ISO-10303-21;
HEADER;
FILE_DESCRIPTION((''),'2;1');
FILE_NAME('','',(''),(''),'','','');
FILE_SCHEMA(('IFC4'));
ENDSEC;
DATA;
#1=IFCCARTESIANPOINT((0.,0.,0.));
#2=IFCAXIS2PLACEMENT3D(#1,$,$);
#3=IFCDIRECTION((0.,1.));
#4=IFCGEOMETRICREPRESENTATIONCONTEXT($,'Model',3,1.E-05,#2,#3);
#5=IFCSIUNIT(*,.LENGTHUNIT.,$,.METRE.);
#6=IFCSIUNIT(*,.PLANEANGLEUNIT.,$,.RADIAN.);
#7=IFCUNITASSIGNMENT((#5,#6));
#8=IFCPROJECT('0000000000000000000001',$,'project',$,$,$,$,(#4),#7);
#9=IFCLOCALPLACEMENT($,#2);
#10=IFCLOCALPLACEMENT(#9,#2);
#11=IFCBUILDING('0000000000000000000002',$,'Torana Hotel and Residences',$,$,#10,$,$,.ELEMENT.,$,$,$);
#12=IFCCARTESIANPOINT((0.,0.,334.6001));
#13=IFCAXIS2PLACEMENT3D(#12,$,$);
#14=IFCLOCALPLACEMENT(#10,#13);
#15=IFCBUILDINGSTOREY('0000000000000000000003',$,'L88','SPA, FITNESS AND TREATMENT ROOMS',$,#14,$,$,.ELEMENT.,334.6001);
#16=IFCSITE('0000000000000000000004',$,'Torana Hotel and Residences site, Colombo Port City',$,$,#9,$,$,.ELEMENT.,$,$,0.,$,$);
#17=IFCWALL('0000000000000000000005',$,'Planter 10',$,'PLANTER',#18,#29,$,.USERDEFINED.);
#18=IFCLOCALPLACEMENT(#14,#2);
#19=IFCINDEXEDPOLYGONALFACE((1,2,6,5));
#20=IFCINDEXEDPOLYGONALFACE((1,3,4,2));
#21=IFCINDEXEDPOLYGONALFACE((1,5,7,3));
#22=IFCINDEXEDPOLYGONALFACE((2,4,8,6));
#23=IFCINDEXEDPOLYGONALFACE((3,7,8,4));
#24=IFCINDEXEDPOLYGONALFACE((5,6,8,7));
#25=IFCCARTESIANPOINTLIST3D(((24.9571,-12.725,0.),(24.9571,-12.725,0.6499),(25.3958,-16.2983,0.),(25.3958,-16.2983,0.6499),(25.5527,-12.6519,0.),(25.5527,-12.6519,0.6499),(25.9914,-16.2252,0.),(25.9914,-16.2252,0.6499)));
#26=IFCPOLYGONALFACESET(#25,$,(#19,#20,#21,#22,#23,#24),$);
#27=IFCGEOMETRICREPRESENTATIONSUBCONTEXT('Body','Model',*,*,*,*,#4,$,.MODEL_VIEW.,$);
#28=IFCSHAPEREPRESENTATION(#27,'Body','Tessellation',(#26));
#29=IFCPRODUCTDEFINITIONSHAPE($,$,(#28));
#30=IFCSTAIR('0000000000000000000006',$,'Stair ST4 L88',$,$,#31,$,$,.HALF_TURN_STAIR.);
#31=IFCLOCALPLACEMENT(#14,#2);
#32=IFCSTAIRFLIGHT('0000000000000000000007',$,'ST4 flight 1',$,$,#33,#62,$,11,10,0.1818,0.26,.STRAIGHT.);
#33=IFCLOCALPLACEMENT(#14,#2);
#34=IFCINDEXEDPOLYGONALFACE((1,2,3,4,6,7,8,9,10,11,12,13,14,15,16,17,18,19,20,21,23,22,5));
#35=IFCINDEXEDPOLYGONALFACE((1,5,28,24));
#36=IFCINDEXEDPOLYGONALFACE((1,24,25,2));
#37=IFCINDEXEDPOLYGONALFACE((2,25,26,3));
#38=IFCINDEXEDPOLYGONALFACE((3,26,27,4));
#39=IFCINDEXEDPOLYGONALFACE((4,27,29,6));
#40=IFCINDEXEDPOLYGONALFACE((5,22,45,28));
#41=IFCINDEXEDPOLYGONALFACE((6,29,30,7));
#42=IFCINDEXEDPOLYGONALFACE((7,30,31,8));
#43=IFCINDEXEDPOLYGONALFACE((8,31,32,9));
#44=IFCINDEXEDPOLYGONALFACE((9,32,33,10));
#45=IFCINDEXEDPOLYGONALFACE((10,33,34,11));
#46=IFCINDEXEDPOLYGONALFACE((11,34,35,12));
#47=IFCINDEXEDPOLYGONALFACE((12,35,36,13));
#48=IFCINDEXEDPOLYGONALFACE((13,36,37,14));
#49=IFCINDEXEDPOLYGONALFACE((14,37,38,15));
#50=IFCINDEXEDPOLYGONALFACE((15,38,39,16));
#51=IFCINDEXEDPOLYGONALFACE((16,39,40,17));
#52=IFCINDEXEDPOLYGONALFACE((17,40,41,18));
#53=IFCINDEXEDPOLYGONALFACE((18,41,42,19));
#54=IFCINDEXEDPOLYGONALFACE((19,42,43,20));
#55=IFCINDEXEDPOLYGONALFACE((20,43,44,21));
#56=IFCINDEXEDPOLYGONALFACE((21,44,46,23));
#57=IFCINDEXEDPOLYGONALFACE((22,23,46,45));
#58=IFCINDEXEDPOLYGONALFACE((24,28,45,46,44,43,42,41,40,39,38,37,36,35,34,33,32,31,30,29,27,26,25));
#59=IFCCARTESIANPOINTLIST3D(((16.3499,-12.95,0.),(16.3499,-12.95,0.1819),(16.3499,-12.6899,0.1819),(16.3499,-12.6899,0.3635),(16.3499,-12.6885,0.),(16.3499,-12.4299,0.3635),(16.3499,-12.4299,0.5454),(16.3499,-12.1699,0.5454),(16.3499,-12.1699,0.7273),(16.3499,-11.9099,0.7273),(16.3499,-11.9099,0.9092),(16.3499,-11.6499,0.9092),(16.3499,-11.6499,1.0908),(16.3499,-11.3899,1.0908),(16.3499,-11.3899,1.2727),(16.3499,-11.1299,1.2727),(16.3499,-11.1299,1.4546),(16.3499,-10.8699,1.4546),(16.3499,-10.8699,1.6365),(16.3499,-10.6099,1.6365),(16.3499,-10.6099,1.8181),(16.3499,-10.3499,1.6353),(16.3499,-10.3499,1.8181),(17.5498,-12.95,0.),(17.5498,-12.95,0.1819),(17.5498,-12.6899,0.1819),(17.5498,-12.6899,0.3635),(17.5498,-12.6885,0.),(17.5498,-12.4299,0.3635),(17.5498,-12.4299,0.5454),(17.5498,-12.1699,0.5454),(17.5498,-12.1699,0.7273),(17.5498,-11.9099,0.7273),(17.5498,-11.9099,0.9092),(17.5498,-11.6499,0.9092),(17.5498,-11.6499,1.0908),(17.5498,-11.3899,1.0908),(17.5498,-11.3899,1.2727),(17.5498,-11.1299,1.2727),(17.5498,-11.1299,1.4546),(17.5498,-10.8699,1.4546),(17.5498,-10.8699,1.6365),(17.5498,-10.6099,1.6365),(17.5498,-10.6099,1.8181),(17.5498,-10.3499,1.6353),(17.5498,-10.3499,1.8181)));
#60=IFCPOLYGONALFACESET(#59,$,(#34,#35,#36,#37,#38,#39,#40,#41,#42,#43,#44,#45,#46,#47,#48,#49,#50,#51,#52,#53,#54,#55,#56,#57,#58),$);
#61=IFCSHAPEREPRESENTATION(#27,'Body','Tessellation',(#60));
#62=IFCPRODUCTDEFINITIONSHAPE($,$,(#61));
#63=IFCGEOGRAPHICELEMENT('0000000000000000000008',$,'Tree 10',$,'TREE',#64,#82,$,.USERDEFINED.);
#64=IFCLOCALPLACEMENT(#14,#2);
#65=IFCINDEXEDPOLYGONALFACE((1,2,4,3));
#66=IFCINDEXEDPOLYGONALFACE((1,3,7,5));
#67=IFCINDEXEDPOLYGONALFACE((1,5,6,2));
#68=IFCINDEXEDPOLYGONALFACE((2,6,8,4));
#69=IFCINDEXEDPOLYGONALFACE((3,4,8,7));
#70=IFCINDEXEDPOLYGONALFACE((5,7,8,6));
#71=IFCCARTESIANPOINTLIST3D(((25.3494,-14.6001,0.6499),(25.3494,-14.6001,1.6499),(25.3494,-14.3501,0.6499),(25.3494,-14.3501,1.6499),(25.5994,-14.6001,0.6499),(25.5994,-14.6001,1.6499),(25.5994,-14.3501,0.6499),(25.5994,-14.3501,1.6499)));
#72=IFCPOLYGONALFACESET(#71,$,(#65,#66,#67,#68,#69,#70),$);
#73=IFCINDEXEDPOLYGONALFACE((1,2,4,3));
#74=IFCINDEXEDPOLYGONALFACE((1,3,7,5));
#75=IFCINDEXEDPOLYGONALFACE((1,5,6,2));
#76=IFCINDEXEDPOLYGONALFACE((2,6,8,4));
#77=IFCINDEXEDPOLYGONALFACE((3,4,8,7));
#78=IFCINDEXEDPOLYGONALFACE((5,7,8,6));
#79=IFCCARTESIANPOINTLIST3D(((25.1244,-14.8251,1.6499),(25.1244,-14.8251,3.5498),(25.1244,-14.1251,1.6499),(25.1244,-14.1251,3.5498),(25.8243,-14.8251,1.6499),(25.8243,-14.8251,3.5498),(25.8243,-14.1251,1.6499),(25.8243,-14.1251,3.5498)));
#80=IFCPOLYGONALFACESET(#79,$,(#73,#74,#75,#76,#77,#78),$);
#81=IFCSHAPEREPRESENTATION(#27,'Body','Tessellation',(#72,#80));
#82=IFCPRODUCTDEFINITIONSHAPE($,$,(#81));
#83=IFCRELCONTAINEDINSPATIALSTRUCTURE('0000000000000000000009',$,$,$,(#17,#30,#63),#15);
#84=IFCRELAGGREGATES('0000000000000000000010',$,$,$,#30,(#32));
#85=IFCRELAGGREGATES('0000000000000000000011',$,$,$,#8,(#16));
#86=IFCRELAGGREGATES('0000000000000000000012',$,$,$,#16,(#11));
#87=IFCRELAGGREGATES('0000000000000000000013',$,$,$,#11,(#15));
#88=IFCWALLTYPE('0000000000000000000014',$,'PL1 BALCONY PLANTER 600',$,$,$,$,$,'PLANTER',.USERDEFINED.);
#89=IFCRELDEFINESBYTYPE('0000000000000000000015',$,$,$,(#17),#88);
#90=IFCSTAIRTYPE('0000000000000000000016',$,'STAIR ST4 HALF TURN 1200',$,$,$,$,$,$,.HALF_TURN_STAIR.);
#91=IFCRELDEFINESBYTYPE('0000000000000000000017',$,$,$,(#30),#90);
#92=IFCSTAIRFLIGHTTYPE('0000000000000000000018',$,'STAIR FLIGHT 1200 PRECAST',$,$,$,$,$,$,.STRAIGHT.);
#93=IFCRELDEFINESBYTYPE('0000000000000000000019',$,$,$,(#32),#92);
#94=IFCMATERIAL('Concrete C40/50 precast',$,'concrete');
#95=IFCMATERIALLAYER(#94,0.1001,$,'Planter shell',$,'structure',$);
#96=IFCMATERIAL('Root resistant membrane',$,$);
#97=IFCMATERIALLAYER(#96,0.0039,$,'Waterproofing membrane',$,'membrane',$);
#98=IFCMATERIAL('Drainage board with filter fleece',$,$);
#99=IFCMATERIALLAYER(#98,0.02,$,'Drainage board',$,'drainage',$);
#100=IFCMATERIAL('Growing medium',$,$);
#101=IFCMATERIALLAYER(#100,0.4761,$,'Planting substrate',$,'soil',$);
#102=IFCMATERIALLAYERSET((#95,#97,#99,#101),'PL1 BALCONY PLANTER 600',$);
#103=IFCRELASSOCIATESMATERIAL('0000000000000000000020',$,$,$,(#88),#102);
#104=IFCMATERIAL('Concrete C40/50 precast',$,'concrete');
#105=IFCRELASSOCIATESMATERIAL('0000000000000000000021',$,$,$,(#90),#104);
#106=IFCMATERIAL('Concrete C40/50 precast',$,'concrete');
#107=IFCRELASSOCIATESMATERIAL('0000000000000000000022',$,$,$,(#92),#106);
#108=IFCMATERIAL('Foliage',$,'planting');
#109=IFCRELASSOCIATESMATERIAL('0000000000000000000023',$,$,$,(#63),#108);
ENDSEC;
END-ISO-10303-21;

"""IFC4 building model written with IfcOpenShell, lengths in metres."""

from ifc_helpers import new_model, si_unit, direction, frame, frame_2d, origin, origin_2d, place, context, subcontext, project, spatial, polyline, rectangle, outline, extrude, material, layer, layer_set, type_object, element, aggregate, save


model = new_model("IFC4")

# Units and contexts
model_context = context("Model", 3, precision=1e-05, world=origin(), true_north=direction((0.0, 1.0)))
body_context = subcontext(model_context, "Body", "Model", "MODEL_VIEW")
ifc_project = project(units=[si_unit("LENGTHUNIT", "METRE"), si_unit("PLANEANGLEUNIT", "RADIAN")], contexts=[model_context])

# Site, building, storey
site_placement = place(None, origin())
site = spatial("IfcSite", under=ifc_project, at=site_placement, Name="Torana Hotel and Residences site, Colombo Port City", CompositionType="ELEMENT", RefElevation=0.0)
building_placement = place(site_placement, origin())
building = spatial("IfcBuilding", under=site, at=building_placement, Name="Torana Hotel and Residences", CompositionType="ELEMENT")
storey_placement = place(building_placement, frame((0.0, 0.0, 334.6001)))
storey = spatial("IfcBuildingStorey", under=building, at=storey_placement, Name="L88", Description="SPA, FITNESS AND TREATMENT ROOMS", CompositionType="ELEMENT", Elevation=334.6001)

# Wall
ifc_material_1 = material(Name="Concrete C40/50 precast", Category="concrete")
ifc_layer_1 = layer(ifc_material_1, 0.1001, Name="Planter shell", Category="structure")
ifc_material_2 = material(Name="Root resistant membrane")
ifc_layer_2 = layer(ifc_material_2, 0.0039, Name="Waterproofing membrane", Category="membrane")
ifc_material_3 = material(Name="Drainage board with filter fleece")
ifc_layer_3 = layer(ifc_material_3, 0.02, Name="Drainage board", Category="drainage")
ifc_material_4 = material(Name="Growing medium")
ifc_layer_4 = layer(ifc_material_4, 0.4761, Name="Planting substrate", Category="soil")
ifc_layer_set_1 = layer_set([ifc_layer_1, ifc_layer_2, ifc_layer_3, ifc_layer_4], Name="PL1 BALCONY PLANTER 600")
wall_type_1 = type_object("IfcWallType", Name="PL1 BALCONY PLANTER 600", ElementType="PLANTER", PredefinedType="USERDEFINED", material=ifc_layer_set_1)
wall_1_placement = place(storey_placement, frame((25.2549, -12.6885, 0.0), z_axis=(0.0, 0.0, 1.0), x_axis=(0.121864, -0.992547, 0.0)))
element("IfcWall", 1, at=wall_1_placement, inside=storey, type_object=wall_type_1, Name="Planter 10", ObjectType="PLANTER", PredefinedType="USERDEFINED", context=body_context, shape_type="SweptSolid", body=[
    extrude(rectangle(XDim=3.6001, YDim=0.6001, at=frame_2d((1.8, 0.0))), origin(), (0.0, 0.0, 1.0), 0.6499),
])

# Stair, stair flight
ifc_material_5 = material(Name="Concrete C40/50 precast", Category="concrete")
stair_type = type_object("IfcStairType", Name="STAIR ST4 HALF TURN 1200", PredefinedType="HALF_TURN_STAIR", material=ifc_material_5)
stair_placement = place(storey_placement, origin())
stair = element("IfcStair", 2, at=stair_placement, inside=storey, type_object=stair_type, Name="Stair ST4 L88", PredefinedType="HALF_TURN_STAIR")
ifc_material_6 = material(Name="Concrete C40/50 precast", Category="concrete")
stair_flight_type = type_object("IfcStairFlightType", Name="STAIR FLIGHT 1200 PRECAST", PredefinedType="STRAIGHT", material=ifc_material_6)
stair_flight_placement = place(storey_placement, frame((16.95, -12.95, 0.0), z_axis=(0.0, 0.0, 1.0), x_axis=(0.0, 1.0, 0.0)))
stair_flight = element("IfcStairFlight", 3, at=stair_flight_placement, type_object=stair_flight_type, Name="ST4 flight 1", NumberOfRisers=11, NumberOfTreads=10, PredefinedType="STRAIGHT", RiserHeight=0.1818, TreadLength=0.26, context=body_context, shape_type="SweptSolid", body=[
    extrude(outline(polyline([(0.0, 0.0), (0.0, 0.1819), (0.26, 0.1819), (0.26, 0.3635), (0.52, 0.3635), (0.52, 0.5454), (0.78, 0.5454), (0.78, 0.7273), (1.04, 0.7273), (1.04, 0.9092), (1.3, 0.9092), (1.3, 1.0908), (1.5601, 1.0908), (1.5601, 1.2727), (1.8201, 1.2727), (1.8201, 1.4546), (2.0801, 1.4546), (2.0801, 1.6365), (2.3401, 1.6365), (2.3401, 1.8181), (2.6001, 1.8181), (2.6001, 2.0), (2.6001, 1.6353), (0.2615, 0.0), (0.0, 0.0)])), frame((0.0, 0.6001, 0.0), z_axis=(0.0, -1.0, 0.0), x_axis=(1.0, 0.0, 0.0)), (0.0, 0.0, 1.0), 1.2),
])
aggregate(stair, [stair_flight])

# Geographic element
ifc_material_7 = material(Name="Foliage", Category="planting")
geographic_element_placement = place(storey_placement, frame((25.4744, -14.4751, 0.6499), z_axis=(0.0, 0.0, 1.0), x_axis=(1.0, 0.0, 0.0)))
element("IfcGeographicElement", 4, at=geographic_element_placement, inside=storey, material=ifc_material_7, Name="Tree 10", ObjectType="TREE", PredefinedType="USERDEFINED", context=body_context, shape_type="SweptSolid", body=[
    extrude(rectangle(XDim=0.25, YDim=0.25, at=origin_2d()), origin(), (0.0, 0.0, 1.0), 1.0),
    extrude(rectangle(XDim=0.7, YDim=0.7, at=origin_2d()), frame((0.0, 0.0, 1.0)), (0.0, 0.0, 1.0), 1.8999),
])

save(model, "model.ifc")
